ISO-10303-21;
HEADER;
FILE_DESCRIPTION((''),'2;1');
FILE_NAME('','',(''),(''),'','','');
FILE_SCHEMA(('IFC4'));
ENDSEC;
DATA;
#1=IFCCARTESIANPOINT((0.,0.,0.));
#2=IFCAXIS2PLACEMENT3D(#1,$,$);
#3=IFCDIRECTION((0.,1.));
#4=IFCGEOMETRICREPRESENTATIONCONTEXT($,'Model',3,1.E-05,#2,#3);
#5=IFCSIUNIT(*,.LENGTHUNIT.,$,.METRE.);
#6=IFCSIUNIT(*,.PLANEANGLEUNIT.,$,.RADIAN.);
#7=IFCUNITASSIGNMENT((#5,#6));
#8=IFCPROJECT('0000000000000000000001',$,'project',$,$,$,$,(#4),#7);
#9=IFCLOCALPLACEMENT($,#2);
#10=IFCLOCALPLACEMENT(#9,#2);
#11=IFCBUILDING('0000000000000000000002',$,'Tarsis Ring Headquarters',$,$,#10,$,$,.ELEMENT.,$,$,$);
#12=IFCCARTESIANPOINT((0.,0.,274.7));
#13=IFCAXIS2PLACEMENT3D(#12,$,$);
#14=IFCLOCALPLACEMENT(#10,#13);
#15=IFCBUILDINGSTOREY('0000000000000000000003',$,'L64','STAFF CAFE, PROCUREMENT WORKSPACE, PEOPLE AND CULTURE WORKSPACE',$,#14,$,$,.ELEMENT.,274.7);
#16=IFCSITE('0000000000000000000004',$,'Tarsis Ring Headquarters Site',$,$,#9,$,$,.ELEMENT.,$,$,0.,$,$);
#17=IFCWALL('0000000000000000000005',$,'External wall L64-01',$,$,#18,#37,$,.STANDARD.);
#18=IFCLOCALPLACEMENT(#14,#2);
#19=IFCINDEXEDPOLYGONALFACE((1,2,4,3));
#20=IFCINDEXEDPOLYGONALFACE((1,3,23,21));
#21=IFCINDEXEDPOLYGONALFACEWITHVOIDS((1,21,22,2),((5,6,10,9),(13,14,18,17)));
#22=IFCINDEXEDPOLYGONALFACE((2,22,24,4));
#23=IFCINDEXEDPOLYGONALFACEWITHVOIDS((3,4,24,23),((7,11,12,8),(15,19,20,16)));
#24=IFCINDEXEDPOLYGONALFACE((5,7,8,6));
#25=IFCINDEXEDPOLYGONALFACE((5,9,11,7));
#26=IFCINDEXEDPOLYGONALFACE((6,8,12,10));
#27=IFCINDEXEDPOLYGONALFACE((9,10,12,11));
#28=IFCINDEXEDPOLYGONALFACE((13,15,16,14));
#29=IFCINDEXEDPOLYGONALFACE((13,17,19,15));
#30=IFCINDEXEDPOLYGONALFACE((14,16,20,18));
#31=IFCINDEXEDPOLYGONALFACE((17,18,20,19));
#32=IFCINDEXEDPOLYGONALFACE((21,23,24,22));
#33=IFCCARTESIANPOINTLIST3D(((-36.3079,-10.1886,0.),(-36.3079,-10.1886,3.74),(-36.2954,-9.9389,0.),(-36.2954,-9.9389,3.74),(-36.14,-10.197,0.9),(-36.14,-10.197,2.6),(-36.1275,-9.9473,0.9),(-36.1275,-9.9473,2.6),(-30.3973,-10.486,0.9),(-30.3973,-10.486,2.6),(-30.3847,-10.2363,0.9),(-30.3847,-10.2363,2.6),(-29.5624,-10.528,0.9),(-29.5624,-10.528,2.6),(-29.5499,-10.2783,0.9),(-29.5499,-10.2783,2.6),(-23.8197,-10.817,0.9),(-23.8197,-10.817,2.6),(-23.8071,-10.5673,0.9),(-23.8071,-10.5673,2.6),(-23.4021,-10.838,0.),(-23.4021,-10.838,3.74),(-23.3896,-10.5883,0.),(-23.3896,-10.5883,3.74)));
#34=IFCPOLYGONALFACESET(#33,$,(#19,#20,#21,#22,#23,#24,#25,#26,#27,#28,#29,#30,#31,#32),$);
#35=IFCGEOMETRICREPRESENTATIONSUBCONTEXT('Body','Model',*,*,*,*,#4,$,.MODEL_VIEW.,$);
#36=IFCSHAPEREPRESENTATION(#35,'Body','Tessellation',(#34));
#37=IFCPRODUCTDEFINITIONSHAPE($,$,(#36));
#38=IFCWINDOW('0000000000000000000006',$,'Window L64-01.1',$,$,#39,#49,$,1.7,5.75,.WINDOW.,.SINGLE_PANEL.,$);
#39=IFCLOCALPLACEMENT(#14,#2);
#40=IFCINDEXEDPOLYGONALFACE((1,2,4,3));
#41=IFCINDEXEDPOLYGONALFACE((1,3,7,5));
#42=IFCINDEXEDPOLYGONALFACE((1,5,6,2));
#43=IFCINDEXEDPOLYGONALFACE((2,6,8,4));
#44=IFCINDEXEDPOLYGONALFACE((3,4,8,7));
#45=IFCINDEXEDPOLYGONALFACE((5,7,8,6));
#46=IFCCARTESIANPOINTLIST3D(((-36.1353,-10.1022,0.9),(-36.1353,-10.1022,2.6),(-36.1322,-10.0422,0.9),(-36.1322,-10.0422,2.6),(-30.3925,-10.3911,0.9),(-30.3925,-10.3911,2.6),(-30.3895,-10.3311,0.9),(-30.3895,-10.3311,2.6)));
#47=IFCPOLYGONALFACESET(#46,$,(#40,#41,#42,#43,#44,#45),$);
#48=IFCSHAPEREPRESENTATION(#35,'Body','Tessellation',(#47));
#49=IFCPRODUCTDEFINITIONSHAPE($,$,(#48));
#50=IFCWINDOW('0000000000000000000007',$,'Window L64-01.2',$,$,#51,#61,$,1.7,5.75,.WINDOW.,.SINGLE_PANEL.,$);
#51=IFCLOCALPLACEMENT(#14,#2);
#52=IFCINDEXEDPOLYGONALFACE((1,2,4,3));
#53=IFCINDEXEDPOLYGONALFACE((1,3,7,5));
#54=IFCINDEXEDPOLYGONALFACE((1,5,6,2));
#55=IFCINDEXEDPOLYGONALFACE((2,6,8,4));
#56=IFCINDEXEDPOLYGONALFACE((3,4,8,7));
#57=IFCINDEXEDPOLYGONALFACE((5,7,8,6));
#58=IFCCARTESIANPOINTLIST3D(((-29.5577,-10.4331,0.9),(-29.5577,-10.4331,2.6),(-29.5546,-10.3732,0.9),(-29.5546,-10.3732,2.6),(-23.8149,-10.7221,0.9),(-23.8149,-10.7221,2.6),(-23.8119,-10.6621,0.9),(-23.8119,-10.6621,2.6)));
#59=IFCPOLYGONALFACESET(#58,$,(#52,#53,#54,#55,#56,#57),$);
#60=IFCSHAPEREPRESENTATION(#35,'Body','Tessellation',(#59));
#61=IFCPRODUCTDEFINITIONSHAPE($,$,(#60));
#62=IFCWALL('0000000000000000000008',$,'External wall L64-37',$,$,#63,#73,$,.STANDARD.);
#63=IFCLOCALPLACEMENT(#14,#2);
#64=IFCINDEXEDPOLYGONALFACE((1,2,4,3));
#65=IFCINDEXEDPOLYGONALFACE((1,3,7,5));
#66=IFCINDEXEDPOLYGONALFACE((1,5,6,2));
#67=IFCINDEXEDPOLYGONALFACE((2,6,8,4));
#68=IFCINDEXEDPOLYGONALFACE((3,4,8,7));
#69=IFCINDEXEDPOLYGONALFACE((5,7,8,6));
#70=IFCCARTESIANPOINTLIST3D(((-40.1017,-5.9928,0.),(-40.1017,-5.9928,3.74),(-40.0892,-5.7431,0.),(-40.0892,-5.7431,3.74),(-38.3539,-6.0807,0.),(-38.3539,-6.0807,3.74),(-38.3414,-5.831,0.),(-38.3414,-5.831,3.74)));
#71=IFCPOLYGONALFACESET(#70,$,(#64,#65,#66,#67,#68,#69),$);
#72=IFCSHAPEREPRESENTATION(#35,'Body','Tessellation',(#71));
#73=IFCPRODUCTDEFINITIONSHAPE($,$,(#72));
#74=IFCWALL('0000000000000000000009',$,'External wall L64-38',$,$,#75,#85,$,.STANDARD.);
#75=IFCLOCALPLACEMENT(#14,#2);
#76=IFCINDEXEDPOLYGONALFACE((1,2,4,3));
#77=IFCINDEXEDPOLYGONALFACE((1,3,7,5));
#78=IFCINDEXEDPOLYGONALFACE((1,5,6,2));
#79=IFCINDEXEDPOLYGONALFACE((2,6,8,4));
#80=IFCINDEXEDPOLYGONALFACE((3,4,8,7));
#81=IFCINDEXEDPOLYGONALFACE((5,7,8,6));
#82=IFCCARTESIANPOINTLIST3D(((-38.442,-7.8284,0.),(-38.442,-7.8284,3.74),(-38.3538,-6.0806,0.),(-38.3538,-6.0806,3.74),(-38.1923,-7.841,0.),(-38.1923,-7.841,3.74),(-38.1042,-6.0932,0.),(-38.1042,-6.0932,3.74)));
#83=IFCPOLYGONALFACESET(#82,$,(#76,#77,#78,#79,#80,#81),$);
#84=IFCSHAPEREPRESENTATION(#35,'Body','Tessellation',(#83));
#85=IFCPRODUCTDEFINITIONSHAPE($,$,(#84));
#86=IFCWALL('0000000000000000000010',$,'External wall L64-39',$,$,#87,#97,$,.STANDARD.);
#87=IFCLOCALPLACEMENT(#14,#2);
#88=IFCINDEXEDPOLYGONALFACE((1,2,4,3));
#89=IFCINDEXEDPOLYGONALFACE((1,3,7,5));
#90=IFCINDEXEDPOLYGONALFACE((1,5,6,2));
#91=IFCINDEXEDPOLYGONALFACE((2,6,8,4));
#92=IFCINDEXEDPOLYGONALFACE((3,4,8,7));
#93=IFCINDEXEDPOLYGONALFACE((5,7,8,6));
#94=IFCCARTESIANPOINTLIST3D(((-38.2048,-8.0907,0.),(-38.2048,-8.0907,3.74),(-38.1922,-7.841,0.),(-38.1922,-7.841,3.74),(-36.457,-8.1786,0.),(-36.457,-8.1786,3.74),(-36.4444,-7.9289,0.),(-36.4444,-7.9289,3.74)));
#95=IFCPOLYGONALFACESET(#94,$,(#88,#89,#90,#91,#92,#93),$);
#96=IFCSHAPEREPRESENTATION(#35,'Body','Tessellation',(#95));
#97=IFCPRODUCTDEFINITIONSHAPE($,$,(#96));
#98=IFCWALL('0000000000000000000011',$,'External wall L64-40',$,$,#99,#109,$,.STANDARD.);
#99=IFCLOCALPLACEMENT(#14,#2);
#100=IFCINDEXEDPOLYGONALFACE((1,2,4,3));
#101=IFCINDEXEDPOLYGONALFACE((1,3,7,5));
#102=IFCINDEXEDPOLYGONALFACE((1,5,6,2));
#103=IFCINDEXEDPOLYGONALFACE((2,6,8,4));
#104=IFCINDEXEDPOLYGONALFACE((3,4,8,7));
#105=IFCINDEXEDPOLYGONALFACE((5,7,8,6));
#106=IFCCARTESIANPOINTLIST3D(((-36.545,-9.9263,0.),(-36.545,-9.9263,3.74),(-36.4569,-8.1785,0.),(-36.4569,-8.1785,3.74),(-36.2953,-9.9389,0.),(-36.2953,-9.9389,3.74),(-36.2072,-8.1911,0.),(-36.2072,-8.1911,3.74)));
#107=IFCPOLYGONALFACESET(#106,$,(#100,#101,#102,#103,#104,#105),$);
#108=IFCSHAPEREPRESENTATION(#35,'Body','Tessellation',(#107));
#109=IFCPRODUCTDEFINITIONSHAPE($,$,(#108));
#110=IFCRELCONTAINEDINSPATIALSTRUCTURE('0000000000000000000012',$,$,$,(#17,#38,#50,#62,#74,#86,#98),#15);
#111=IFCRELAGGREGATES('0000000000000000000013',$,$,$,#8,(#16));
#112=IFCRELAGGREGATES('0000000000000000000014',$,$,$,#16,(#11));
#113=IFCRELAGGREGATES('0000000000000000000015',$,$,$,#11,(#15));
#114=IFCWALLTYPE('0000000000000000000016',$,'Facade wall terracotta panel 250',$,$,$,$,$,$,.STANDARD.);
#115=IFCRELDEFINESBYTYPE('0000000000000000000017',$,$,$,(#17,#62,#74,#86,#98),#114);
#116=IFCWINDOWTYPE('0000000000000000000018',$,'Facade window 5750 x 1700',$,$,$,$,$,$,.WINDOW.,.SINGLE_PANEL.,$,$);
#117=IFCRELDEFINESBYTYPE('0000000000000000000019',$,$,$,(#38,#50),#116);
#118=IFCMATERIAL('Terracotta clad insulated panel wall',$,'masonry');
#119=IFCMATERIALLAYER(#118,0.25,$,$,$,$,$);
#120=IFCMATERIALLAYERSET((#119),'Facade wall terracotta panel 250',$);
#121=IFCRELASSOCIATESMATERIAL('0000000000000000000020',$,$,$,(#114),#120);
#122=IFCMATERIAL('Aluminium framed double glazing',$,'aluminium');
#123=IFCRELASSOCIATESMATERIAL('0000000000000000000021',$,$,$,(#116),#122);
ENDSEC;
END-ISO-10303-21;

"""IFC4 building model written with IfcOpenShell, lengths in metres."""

from ifc_helpers import new_model, si_unit, direction, frame, frame_2d, origin, place, context, subcontext, project, spatial, rectangle, extrude, material, layer, layer_set, type_object, element, fill, save


model = new_model("IFC4")

# Units and contexts
model_context = context("Model", 3, precision=1e-05, world=origin(), true_north=direction((0.0, 1.0)))
body_context = subcontext(model_context, "Body", "Model", "MODEL_VIEW")
ifc_project = project(units=[si_unit("LENGTHUNIT", "METRE"), si_unit("PLANEANGLEUNIT", "RADIAN")], contexts=[model_context])

# Site, building, storey
site_placement = place(None, origin())
site = spatial("IfcSite", under=ifc_project, at=site_placement, Name="Tarsis Ring Headquarters Site", CompositionType="ELEMENT", RefElevation=0.0)
building_placement = place(site_placement, origin())
building = spatial("IfcBuilding", under=site, at=building_placement, Name="Tarsis Ring Headquarters", CompositionType="ELEMENT")
storey_placement = place(building_placement, frame((0.0, 0.0, 274.7)))
storey = spatial("IfcBuildingStorey", under=building, at=storey_placement, Name="L64", Description="STAFF CAFE, PROCUREMENT WORKSPACE, PEOPLE AND CULTURE WORKSPACE", CompositionType="ELEMENT", Elevation=274.7)

# Wall, openings, windows
ifc_material_1 = material(Name="Terracotta clad insulated panel wall", Category="masonry")
ifc_layer = layer(ifc_material_1, 0.25)
ifc_layer_set = layer_set([ifc_layer], Name="Facade wall terracotta panel 250")
wall_type = type_object("IfcWallType", Name="Facade wall terracotta panel 250", PredefinedType="STANDARD", material=ifc_layer_set)
wall_placement = place(storey_placement, frame((-36.3015, -10.0637, 0.0), z_axis=(0.0, 0.0, 1.0), x_axis=(0.998736, -0.050256, 0.0)))
wall = element("IfcWall", 1, at=wall_placement, inside=storey, type_object=wall_type, Name="External wall L64-01", PredefinedType="STANDARD", context=body_context, shape_type="SweptSolid", body=[
    extrude(rectangle(XDim=12.9221, YDim=0.25, at=frame_2d((6.4609, 0.0))), origin(), (0.0, 0.0, 1.0), 3.74),
])
opening_1_placement = place(wall_placement, frame((0.168, 0.0, 0.8999)))
opening_1 = element("IfcOpeningElement", 2, at=opening_1_placement, cuts=wall, PredefinedType="OPENING", context=body_context, shape_type="SweptSolid", body=[
    extrude(rectangle(XDim=5.75, YDim=1.7, at=frame_2d((2.875, 0.8501))), frame((0.0, 0.135, 0.0), z_axis=(0.0, -1.0, 0.0), x_axis=(1.0, 0.0, 0.0)), (0.0, 0.0, 1.0), 0.27),
])
opening_2_placement = place(wall_placement, frame((6.7539, 0.0, 0.8999)))
opening_2 = element("IfcOpeningElement", 3, at=opening_2_placement, cuts=wall, PredefinedType="OPENING", context=body_context, shape_type="SweptSolid", body=[
    extrude(rectangle(XDim=5.75, YDim=1.7, at=frame_2d((2.875, 0.8501))), frame((0.0, 0.135, 0.0), z_axis=(0.0, -1.0, 0.0), x_axis=(1.0, 0.0, 0.0)), (0.0, 0.0, 1.0), 0.27),
])
ifc_material_2 = material(Name="Aluminium framed double glazing", Category="aluminium")
window_type = type_object("IfcWindowType", Name="Facade window 5750 x 1700", PartitioningType="SINGLE_PANEL", PredefinedType="WINDOW", material=ifc_material_2)
window_1_placement = place(opening_1_placement, origin())
window_1 = element("IfcWindow", 4, at=window_1_placement, inside=storey, type_object=window_type, Name="Window L64-01.1", OverallHeight=1.7, OverallWidth=5.75, PartitioningType="SINGLE_PANEL", PredefinedType="WINDOW", context=body_context, shape_type="SweptSolid", body=[
    extrude(rectangle(XDim=5.75, YDim=1.7, at=frame_2d((2.875, 0.8501))), frame((0.0, 0.03, 0.0), z_axis=(0.0, -1.0, 0.0), x_axis=(1.0, 0.0, 0.0)), (0.0, 0.0, 1.0), 0.0601),
])
fill(opening_1, window_1)
window_2_placement = place(opening_2_placement, origin())
window_2 = element("IfcWindow", 5, at=window_2_placement, inside=storey, type_object=window_type, Name="Window L64-01.2", OverallHeight=1.7, OverallWidth=5.75, PartitioningType="SINGLE_PANEL", PredefinedType="WINDOW", context=body_context, shape_type="SweptSolid", body=[
    extrude(rectangle(XDim=5.75, YDim=1.7, at=frame_2d((2.875, 0.8501))), frame((0.0, 0.03, 0.0), z_axis=(0.0, -1.0, 0.0), x_axis=(1.0, 0.0, 0.0)), (0.0, 0.0, 1.0), 0.0601),
])
fill(opening_2, window_2)

# Walls
for number, where, z_axis, x_axis, name in (
    (6, (-40.0955, -5.8679, 0.0), (0.0, 0.0, 1.0), (0.998738, -0.050223, 0.0), "External wall L64-37"),
    (7, (-38.229, -6.0869, 0.0), (0.0, 0.0, 1.0), (-0.050362, -0.998731, 0.0), "External wall L64-38"),
    (8, (-38.1985, -7.9658, 0.0), (0.0, 0.0, 1.0), (0.998738, -0.050223, 0.0), "External wall L64-39"),
    (9, (-36.332, -8.1848, 0.0), (0.0, 0.0, 1.0), (-0.050362, -0.998731, 0.0), "External wall L64-40"),
):
    element("IfcWall", number, at=place(storey_placement, frame(where, z_axis=z_axis, x_axis=x_axis)), inside=storey, type_object=wall_type, Name=name, PredefinedType="STANDARD", context=body_context, shape_type="SweptSolid", body=[
        extrude(rectangle(XDim=1.75, YDim=0.25, at=frame_2d((0.875, 0.0))), origin(), (0.0, 0.0, 1.0), 3.74),
    ])

save(model, "model.ifc")
